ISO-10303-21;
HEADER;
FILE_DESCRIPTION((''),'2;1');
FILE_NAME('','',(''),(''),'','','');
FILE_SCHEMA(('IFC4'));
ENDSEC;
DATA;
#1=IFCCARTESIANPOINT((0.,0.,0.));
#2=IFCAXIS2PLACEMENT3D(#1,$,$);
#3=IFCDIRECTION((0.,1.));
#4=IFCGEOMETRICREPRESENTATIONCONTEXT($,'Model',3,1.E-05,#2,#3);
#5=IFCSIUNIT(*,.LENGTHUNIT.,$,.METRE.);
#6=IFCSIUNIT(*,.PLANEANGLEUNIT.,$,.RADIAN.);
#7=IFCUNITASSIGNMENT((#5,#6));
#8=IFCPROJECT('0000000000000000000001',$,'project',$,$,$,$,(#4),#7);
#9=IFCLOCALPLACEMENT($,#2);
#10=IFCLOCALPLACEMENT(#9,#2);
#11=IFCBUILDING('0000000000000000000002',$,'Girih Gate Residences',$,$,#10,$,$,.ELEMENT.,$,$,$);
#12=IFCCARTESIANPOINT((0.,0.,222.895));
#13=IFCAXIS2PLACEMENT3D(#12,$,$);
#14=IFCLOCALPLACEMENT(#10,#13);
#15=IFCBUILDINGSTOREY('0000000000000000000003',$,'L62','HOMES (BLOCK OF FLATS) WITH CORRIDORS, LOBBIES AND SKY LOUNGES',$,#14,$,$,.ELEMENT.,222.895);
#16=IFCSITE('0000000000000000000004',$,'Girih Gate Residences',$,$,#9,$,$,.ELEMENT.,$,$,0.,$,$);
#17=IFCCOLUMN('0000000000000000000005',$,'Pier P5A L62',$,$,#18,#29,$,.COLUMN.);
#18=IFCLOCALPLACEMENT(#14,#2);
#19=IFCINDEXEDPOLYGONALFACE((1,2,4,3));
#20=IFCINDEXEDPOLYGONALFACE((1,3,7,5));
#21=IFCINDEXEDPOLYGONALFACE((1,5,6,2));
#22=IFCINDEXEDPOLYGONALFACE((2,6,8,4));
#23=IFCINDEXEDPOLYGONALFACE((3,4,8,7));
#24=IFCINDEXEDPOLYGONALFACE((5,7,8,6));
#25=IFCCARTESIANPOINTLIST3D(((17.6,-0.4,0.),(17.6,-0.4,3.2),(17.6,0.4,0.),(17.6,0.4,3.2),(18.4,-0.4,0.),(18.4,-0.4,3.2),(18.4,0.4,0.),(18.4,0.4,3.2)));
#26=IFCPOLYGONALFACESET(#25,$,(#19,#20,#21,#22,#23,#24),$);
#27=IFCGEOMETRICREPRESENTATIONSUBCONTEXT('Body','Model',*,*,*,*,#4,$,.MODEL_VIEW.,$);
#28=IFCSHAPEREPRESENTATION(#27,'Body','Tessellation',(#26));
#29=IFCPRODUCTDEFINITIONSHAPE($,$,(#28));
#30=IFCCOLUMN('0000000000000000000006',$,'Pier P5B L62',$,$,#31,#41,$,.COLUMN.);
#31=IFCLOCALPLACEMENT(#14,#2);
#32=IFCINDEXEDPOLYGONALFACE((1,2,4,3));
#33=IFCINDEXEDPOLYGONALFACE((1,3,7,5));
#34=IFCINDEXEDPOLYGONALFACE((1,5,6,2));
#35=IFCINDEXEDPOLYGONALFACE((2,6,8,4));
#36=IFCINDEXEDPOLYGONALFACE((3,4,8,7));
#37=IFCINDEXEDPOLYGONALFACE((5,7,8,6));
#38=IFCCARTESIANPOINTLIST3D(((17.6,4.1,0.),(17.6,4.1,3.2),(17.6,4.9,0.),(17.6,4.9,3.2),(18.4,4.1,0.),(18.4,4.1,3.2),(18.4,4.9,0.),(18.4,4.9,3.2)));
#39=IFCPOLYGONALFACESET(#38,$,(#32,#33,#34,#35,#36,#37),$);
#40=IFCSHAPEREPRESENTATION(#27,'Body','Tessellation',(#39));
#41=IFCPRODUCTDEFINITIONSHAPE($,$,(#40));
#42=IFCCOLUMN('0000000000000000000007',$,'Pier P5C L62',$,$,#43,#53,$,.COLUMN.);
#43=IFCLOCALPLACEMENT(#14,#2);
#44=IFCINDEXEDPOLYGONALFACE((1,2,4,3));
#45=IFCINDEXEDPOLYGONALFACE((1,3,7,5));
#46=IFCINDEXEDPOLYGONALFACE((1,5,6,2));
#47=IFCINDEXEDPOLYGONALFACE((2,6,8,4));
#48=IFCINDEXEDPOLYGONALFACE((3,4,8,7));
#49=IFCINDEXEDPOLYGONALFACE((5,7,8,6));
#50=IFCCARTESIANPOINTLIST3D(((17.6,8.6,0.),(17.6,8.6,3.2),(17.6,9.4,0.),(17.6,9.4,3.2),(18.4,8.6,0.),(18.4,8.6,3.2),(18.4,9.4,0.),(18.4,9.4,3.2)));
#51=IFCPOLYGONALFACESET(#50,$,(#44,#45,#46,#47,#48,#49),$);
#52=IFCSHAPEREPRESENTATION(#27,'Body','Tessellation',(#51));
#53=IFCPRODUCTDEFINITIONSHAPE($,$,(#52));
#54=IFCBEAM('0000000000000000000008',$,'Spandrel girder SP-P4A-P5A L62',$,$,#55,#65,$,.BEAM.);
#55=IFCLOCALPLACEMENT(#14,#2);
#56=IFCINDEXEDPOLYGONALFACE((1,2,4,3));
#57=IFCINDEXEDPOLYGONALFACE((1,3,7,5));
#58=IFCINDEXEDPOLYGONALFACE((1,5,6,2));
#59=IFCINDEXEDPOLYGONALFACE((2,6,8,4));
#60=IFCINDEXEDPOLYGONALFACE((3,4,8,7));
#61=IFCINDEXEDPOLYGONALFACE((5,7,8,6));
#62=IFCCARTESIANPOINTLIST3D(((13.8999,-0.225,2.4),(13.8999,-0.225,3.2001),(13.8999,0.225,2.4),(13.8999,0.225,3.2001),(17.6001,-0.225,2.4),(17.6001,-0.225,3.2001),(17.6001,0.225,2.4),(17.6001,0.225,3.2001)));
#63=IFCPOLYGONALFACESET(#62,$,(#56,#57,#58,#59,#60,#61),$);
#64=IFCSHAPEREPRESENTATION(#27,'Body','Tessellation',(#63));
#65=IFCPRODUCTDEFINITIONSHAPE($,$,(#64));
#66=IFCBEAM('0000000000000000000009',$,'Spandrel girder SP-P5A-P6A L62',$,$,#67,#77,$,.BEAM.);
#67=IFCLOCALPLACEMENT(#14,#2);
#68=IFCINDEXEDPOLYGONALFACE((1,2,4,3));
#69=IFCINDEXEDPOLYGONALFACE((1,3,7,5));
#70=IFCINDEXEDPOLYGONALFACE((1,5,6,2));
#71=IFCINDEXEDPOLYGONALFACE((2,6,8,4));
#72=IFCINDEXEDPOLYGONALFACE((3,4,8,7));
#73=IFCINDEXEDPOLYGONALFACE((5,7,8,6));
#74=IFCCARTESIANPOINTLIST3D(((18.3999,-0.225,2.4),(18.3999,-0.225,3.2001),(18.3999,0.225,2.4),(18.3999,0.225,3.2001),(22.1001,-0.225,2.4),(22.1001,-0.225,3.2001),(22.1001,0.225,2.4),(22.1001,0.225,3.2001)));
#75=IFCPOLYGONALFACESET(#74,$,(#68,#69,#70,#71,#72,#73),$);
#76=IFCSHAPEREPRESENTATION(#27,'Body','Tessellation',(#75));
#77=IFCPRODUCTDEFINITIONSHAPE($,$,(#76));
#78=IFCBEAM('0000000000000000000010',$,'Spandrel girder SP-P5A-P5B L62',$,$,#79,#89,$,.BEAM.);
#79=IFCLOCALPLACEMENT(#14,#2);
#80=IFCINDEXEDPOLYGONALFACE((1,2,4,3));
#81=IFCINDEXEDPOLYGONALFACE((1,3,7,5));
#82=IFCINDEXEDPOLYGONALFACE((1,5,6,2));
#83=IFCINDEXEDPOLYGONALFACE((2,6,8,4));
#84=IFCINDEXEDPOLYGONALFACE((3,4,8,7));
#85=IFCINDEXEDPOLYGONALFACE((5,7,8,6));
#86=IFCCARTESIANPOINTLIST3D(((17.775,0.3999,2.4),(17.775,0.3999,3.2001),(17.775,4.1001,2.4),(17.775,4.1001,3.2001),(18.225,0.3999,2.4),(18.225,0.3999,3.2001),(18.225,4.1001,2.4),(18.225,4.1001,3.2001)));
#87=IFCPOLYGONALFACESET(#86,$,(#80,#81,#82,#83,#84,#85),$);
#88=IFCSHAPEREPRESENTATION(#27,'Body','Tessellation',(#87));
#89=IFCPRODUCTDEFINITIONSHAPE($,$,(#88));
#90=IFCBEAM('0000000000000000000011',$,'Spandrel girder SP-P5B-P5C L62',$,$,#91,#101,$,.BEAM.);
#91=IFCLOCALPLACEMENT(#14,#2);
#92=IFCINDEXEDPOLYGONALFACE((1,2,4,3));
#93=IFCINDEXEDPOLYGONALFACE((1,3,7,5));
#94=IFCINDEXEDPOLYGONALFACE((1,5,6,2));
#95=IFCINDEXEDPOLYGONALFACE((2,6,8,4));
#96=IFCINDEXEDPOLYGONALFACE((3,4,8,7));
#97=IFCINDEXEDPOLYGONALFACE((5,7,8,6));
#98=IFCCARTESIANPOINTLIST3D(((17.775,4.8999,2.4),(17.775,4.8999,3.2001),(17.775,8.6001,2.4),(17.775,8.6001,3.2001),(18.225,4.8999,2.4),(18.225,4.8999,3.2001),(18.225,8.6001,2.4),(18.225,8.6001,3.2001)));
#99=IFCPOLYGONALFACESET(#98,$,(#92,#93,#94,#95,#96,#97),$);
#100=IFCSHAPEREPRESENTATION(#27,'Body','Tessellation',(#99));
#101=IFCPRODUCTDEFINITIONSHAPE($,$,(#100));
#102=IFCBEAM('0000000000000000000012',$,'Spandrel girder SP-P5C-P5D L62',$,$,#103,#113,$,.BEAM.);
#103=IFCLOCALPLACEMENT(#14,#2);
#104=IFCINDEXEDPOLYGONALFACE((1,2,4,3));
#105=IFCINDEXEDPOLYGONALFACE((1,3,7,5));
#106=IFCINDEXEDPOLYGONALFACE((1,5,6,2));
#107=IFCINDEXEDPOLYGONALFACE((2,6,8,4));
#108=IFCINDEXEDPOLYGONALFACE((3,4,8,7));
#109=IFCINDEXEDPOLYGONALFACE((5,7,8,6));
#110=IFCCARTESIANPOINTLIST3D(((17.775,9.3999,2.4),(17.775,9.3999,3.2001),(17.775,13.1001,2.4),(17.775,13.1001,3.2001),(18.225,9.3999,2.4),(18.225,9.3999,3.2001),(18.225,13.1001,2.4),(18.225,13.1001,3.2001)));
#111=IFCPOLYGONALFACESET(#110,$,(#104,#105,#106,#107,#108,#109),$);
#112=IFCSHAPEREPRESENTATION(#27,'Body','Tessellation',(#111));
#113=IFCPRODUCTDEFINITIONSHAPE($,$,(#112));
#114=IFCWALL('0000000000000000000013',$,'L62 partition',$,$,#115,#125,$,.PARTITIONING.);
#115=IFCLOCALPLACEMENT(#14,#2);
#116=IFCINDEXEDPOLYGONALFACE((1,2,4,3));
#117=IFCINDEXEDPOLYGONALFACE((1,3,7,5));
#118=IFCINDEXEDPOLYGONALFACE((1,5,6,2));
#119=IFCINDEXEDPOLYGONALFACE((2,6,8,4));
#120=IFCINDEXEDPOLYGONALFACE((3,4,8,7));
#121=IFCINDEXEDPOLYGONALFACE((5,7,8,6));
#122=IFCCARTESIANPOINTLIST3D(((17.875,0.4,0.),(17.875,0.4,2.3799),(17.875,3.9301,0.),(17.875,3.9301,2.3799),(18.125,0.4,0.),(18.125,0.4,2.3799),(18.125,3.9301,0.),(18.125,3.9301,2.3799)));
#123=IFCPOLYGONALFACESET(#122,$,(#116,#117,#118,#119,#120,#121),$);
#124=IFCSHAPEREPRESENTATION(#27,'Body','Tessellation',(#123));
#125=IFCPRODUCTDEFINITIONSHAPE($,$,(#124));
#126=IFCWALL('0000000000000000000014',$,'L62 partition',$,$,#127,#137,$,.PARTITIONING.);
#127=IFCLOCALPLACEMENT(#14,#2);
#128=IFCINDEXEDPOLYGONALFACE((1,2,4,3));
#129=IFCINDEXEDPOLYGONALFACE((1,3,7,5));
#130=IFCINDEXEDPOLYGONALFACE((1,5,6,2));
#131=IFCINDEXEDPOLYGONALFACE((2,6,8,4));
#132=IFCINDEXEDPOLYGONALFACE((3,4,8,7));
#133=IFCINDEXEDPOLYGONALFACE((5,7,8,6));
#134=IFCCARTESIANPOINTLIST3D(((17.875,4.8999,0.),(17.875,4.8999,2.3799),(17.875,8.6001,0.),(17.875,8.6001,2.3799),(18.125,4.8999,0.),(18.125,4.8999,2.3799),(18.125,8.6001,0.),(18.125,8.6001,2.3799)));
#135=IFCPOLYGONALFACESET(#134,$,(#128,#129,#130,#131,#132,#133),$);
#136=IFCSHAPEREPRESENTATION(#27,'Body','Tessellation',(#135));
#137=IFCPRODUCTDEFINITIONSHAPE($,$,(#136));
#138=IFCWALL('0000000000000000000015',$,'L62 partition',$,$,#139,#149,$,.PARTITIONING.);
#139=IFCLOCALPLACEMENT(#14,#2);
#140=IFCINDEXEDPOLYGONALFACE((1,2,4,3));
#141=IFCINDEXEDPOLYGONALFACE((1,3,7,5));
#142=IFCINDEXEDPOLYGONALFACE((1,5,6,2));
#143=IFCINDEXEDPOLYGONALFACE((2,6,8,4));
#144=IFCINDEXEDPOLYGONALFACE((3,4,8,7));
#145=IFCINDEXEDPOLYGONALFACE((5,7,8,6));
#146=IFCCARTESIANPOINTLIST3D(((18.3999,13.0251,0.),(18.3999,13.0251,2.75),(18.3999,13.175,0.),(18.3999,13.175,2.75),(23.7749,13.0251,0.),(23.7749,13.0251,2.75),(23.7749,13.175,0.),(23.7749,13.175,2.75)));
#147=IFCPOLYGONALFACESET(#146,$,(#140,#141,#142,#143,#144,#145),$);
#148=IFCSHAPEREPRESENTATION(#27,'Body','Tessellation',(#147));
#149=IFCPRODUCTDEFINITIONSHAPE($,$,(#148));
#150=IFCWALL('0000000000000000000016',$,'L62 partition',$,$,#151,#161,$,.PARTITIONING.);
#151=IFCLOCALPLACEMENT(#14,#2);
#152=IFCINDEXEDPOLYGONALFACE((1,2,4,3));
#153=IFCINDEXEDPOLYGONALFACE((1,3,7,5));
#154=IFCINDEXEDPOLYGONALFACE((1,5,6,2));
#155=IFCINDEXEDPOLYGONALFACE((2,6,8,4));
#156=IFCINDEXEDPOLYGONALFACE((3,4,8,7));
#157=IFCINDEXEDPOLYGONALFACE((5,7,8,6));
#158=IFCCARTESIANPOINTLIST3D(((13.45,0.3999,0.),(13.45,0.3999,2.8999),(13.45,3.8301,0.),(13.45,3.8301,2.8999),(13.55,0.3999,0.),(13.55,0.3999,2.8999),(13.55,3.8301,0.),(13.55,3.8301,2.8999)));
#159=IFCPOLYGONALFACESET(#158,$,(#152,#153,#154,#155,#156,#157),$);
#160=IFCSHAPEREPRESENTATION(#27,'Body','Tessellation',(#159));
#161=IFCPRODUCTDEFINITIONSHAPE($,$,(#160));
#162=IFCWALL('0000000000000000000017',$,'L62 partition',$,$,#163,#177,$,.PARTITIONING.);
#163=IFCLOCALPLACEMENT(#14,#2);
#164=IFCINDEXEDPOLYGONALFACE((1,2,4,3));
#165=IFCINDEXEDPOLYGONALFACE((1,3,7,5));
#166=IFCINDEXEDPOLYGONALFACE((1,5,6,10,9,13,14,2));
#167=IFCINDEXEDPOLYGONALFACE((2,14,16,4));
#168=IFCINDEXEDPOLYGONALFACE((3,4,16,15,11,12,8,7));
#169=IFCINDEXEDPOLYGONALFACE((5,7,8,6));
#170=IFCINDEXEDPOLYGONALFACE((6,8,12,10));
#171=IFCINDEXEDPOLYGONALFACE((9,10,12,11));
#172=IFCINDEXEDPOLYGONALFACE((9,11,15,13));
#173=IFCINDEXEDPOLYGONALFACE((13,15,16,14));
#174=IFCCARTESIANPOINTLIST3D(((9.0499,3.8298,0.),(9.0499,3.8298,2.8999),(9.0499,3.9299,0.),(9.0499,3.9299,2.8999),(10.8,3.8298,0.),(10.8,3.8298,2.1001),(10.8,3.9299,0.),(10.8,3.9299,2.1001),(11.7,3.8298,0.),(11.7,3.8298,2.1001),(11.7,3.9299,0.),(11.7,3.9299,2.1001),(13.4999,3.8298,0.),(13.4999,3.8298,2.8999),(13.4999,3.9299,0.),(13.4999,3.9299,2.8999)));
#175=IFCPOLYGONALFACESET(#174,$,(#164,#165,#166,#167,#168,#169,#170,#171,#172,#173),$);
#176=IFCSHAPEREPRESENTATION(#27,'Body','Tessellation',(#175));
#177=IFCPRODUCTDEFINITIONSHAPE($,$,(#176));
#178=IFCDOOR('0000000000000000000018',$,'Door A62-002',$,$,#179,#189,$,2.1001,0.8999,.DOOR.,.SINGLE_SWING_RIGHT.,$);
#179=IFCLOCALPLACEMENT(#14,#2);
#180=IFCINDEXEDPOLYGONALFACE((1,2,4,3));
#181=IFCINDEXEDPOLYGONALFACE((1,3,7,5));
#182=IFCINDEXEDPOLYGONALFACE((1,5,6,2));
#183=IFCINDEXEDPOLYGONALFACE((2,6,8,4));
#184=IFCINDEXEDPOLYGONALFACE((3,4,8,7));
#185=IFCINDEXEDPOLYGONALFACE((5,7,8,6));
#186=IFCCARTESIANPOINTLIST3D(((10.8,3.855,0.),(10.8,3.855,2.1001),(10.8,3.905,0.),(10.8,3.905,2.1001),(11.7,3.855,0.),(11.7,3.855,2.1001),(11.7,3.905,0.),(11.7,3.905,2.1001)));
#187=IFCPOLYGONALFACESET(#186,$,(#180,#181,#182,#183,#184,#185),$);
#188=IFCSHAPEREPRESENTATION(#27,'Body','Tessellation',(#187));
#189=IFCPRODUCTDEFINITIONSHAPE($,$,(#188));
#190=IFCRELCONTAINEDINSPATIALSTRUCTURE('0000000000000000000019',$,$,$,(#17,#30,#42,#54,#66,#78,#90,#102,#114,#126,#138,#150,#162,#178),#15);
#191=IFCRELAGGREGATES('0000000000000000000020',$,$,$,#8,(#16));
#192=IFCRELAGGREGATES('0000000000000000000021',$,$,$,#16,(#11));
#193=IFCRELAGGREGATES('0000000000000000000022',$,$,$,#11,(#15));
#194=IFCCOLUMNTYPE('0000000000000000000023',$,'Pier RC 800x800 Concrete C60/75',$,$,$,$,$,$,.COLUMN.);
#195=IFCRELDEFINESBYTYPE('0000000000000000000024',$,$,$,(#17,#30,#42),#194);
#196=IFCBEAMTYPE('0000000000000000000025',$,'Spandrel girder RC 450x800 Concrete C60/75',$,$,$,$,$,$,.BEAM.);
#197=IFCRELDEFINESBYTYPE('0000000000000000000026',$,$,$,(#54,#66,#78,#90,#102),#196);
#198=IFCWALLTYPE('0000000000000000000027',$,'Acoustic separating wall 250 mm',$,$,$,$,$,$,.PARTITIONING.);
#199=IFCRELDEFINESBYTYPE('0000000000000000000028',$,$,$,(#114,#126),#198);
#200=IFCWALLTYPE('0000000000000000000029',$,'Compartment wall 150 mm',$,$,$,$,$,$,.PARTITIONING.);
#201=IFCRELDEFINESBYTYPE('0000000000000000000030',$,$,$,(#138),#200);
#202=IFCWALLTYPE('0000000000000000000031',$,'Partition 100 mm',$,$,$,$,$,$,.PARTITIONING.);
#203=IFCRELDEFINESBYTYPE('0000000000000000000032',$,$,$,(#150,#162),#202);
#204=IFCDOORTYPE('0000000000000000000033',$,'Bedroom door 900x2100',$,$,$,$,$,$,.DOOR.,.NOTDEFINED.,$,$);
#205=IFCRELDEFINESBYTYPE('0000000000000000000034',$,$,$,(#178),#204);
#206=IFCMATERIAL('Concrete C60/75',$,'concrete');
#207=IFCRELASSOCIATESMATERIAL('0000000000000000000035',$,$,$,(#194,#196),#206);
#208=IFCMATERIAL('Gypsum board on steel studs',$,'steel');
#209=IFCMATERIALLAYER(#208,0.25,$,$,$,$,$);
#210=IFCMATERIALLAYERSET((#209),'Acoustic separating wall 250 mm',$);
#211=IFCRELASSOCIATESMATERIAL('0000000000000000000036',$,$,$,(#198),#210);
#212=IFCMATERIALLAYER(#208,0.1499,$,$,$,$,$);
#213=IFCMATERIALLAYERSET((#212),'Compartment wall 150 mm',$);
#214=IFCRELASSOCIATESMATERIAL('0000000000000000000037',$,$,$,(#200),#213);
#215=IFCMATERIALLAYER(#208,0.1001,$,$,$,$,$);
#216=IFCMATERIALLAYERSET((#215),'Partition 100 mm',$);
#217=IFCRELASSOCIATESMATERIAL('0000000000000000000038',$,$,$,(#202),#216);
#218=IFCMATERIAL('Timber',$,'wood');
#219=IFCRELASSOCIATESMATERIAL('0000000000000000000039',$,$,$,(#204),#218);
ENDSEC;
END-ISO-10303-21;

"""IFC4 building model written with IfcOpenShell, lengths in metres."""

from ifc_helpers import new_model, si_unit, direction, frame, frame_2d, origin, origin_2d, place, context, subcontext, project, spatial, rectangle, extrude, material, layer, layer_set, material_profile, profile_set, type_object, element, fill, save


model = new_model("IFC4")

# Units and contexts
model_context = context("Model", 3, precision=1e-05, world=origin(), true_north=direction((0.0, 1.0)))
body_context = subcontext(model_context, "Body", "Model", "MODEL_VIEW")
ifc_project = project(units=[si_unit("LENGTHUNIT", "METRE"), si_unit("PLANEANGLEUNIT", "RADIAN")], contexts=[model_context])

# Site, building, storey
site_placement = place(None, origin())
site = spatial("IfcSite", under=ifc_project, at=site_placement, Name="Girih Gate Residences", CompositionType="ELEMENT", RefElevation=0.0)
building_placement = place(site_placement, origin())
building = spatial("IfcBuilding", under=site, at=building_placement, Name="Girih Gate Residences", CompositionType="ELEMENT")
storey_placement = place(building_placement, frame((0.0, 0.0, 222.895)))
storey = spatial("IfcBuildingStorey", under=building, at=storey_placement, Name="L62", Description="HOMES (BLOCK OF FLATS) WITH CORRIDORS, LOBBIES AND SKY LOUNGES", CompositionType="ELEMENT", Elevation=222.895)

# Columns
ifc_material_1 = material(Name="Concrete C60/75", Category="concrete")
ifc_material_profile_1 = material_profile(ifc_material_1, rectangle(XDim=0.8, YDim=0.8, at=origin_2d()))
ifc_profile_set_1 = profile_set([ifc_material_profile_1], Name="Concrete C60/75")
column_type = type_object("IfcColumnType", Name="Pier RC 800x800 Concrete C60/75", PredefinedType="COLUMN", material=ifc_profile_set_1)
for number, where, z_axis, x_axis, name in (
    (1, (18.0, 0.0, 0.0), (0.0, 0.0, 1.0), (1.0, 0.0, 0.0), "Pier P5A L62"),
    (2, (18.0, 4.5, 0.0), (0.0, 0.0, 1.0), (1.0, 0.0, 0.0), "Pier P5B L62"),
    (3, (18.0, 9.0, 0.0), (0.0, 0.0, 1.0), (1.0, 0.0, 0.0), "Pier P5C L62"),
):
    element("IfcColumn", number, at=place(storey_placement, frame(where, z_axis=z_axis, x_axis=x_axis)), inside=storey, type_object=column_type, Name=name, PredefinedType="COLUMN", context=body_context, shape_type="SweptSolid", body=[
        extrude(rectangle(XDim=0.8, YDim=0.8, at=origin_2d()), origin(), (0.0, 0.0, 1.0), 3.2),
    ])

# Beams
ifc_material_profile_2 = material_profile(ifc_material_1, rectangle(XDim=0.45, YDim=0.8, at=origin_2d()))
ifc_profile_set_2 = profile_set([ifc_material_profile_2], Name="Concrete C60/75")
beam_type = type_object("IfcBeamType", Name="Spandrel girder RC 450x800 Concrete C60/75", PredefinedType="BEAM", material=ifc_profile_set_2)
for number, where, z_axis, x_axis, name in (
    (4, (13.8999, 0.0, 2.8), (1.0, 0.0, 0.0), (0.0, 1.0, 0.0), "Spandrel girder SP-P4A-P5A L62"),
    (5, (18.3999, 0.0, 2.8), (1.0, 0.0, 0.0), (0.0, 1.0, 0.0), "Spandrel girder SP-P5A-P6A L62"),
    (6, (18.0, 0.3999, 2.8), (0.0, 1.0, 0.0), (-1.0, 0.0, 0.0), "Spandrel girder SP-P5A-P5B L62"),
    (7, (18.0, 4.8999, 2.8), (0.0, 1.0, 0.0), (-1.0, 0.0, 0.0), "Spandrel girder SP-P5B-P5C L62"),
    (8, (18.0, 9.3999, 2.8), (0.0, 1.0, 0.0), (-1.0, 0.0, 0.0), "Spandrel girder SP-P5C-P5D L62"),
):
    element("IfcBeam", number, at=place(storey_placement, frame(where, z_axis=z_axis, x_axis=x_axis)), inside=storey, type_object=beam_type, Name=name, PredefinedType="BEAM", context=body_context, shape_type="SweptSolid", body=[
        extrude(rectangle(XDim=0.45, YDim=0.8, at=origin_2d()), origin(), (0.0, 0.0, 1.0), 3.7002),
    ])

# Walls
ifc_material_2 = material(Name="Gypsum board on steel studs", Category="steel")
ifc_layer_1 = layer(ifc_material_2, 0.25)
ifc_layer_set_1 = layer_set([ifc_layer_1], Name="Acoustic separating wall 250 mm")
wall_type_1 = type_object("IfcWallType", Name="Acoustic separating wall 250 mm", PredefinedType="PARTITIONING", material=ifc_layer_set_1)
wall_1_placement = place(storey_placement, frame((18.0, 0.3999, 0.0), z_axis=(0.0, 0.0, 1.0), x_axis=(0.0, 1.0, 0.0)))
element("IfcWall", 9, at=wall_1_placement, inside=storey, type_object=wall_type_1, Name="L62 partition", PredefinedType="PARTITIONING", context=body_context, shape_type="SweptSolid", body=[
    extrude(rectangle(XDim=3.53, YDim=0.25, at=frame_2d((1.7651, 0.0))), origin(), (0.0, 0.0, 1.0), 2.3799),
])
wall_2_placement = place(storey_placement, frame((18.0, 4.8999, 0.0), z_axis=(0.0, 0.0, 1.0), x_axis=(0.0, 1.0, 0.0)))
element("IfcWall", 10, at=wall_2_placement, inside=storey, type_object=wall_type_1, Name="L62 partition", PredefinedType="PARTITIONING", context=body_context, shape_type="SweptSolid", body=[
    extrude(rectangle(XDim=3.7002, YDim=0.25, at=frame_2d((1.8501, 0.0))), origin(), (0.0, 0.0, 1.0), 2.3799),
])

# Shared definitions
ifc_layer_2 = layer(ifc_material_2, 0.1499)
ifc_layer_set_2 = layer_set([ifc_layer_2], Name="Compartment wall 150 mm")
wall_type_2 = type_object("IfcWallType", Name="Compartment wall 150 mm", PredefinedType="PARTITIONING", material=ifc_layer_set_2)

# Walls
wall_3_placement = place(storey_placement, frame((18.3999, 13.1001, 0.0), z_axis=(0.0, 0.0, 1.0), x_axis=(1.0, 0.0, 0.0)))
element("IfcWall", 11, at=wall_3_placement, inside=storey, type_object=wall_type_2, Name="L62 partition", PredefinedType="PARTITIONING", context=body_context, shape_type="SweptSolid", body=[
    extrude(rectangle(XDim=5.375, YDim=0.1499, at=frame_2d((2.6875, 0.0))), origin(), (0.0, 0.0, 1.0), 2.75),
])
ifc_layer_3 = layer(ifc_material_2, 0.1001)
ifc_layer_set_3 = layer_set([ifc_layer_3], Name="Partition 100 mm")
wall_type_3 = type_object("IfcWallType", Name="Partition 100 mm", PredefinedType="PARTITIONING", material=ifc_layer_set_3)
wall_4_placement = place(storey_placement, frame((13.5, 0.3999, 0.0), z_axis=(0.0, 0.0, 1.0), x_axis=(0.0, 1.0, 0.0)))
element("IfcWall", 12, at=wall_4_placement, inside=storey, type_object=wall_type_3, Name="L62 partition", PredefinedType="PARTITIONING", context=body_context, shape_type="SweptSolid", body=[
    extrude(rectangle(XDim=3.4302, YDim=0.1001, at=frame_2d((1.7151, 0.0))), origin(), (0.0, 0.0, 1.0), 2.8999),
])

# Wall, opening, door
wall_5_placement = place(storey_placement, frame((13.5, 3.8799, 0.0), z_axis=(0.0, 0.0, 1.0), x_axis=(-1.0, 0.0, 0.0)))
wall_5 = element("IfcWall", 13, at=wall_5_placement, inside=storey, type_object=wall_type_3, Name="L62 partition", PredefinedType="PARTITIONING", context=body_context, shape_type="SweptSolid", body=[
    extrude(rectangle(XDim=4.45, YDim=0.1001, at=frame_2d((2.2251, 0.0))), origin(), (0.0, 0.0, 1.0), 2.8999),
])
opening_1_placement = place(wall_5_placement, frame((1.8, 0.0, 0.0)))
opening_1 = element("IfcOpeningElement", 14, at=opening_1_placement, cuts=wall_5, PredefinedType="OPENING", context=body_context, shape_type="SweptSolid", body=[
    extrude(rectangle(XDim=0.8999, YDim=2.1001, at=frame_2d((0.45, 1.05))), frame((0.0, 0.0601, 0.0), z_axis=(0.0, -1.0, 0.0), x_axis=(1.0, 0.0, 0.0)), (0.0, 0.0, 1.0), 0.1201),
])
ifc_material_3 = material(Name="Timber", Category="wood")
door_type_1 = type_object("IfcDoorType", Name="Bedroom door 900x2100", OperationType="NOTDEFINED", PredefinedType="DOOR", material=ifc_material_3)
door_1_placement = place(opening_1_placement, origin())
door_1 = element("IfcDoor", 15, at=door_1_placement, inside=storey, type_object=door_type_1, Name="Door A62-002", OperationType="SINGLE_SWING_RIGHT", OverallHeight=2.1001, OverallWidth=0.8999, PredefinedType="DOOR", context=body_context, shape_type="SweptSolid", body=[
    extrude(rectangle(XDim=0.8999, YDim=2.1001, at=frame_2d((0.45, 1.05))), frame((0.0, 0.0249, 0.0), z_axis=(0.0, -1.0, 0.0), x_axis=(1.0, 0.0, 0.0)), (0.0, 0.0, 1.0), 0.05),
])
fill(opening_1, door_1)

save(model, "model.ifc")
